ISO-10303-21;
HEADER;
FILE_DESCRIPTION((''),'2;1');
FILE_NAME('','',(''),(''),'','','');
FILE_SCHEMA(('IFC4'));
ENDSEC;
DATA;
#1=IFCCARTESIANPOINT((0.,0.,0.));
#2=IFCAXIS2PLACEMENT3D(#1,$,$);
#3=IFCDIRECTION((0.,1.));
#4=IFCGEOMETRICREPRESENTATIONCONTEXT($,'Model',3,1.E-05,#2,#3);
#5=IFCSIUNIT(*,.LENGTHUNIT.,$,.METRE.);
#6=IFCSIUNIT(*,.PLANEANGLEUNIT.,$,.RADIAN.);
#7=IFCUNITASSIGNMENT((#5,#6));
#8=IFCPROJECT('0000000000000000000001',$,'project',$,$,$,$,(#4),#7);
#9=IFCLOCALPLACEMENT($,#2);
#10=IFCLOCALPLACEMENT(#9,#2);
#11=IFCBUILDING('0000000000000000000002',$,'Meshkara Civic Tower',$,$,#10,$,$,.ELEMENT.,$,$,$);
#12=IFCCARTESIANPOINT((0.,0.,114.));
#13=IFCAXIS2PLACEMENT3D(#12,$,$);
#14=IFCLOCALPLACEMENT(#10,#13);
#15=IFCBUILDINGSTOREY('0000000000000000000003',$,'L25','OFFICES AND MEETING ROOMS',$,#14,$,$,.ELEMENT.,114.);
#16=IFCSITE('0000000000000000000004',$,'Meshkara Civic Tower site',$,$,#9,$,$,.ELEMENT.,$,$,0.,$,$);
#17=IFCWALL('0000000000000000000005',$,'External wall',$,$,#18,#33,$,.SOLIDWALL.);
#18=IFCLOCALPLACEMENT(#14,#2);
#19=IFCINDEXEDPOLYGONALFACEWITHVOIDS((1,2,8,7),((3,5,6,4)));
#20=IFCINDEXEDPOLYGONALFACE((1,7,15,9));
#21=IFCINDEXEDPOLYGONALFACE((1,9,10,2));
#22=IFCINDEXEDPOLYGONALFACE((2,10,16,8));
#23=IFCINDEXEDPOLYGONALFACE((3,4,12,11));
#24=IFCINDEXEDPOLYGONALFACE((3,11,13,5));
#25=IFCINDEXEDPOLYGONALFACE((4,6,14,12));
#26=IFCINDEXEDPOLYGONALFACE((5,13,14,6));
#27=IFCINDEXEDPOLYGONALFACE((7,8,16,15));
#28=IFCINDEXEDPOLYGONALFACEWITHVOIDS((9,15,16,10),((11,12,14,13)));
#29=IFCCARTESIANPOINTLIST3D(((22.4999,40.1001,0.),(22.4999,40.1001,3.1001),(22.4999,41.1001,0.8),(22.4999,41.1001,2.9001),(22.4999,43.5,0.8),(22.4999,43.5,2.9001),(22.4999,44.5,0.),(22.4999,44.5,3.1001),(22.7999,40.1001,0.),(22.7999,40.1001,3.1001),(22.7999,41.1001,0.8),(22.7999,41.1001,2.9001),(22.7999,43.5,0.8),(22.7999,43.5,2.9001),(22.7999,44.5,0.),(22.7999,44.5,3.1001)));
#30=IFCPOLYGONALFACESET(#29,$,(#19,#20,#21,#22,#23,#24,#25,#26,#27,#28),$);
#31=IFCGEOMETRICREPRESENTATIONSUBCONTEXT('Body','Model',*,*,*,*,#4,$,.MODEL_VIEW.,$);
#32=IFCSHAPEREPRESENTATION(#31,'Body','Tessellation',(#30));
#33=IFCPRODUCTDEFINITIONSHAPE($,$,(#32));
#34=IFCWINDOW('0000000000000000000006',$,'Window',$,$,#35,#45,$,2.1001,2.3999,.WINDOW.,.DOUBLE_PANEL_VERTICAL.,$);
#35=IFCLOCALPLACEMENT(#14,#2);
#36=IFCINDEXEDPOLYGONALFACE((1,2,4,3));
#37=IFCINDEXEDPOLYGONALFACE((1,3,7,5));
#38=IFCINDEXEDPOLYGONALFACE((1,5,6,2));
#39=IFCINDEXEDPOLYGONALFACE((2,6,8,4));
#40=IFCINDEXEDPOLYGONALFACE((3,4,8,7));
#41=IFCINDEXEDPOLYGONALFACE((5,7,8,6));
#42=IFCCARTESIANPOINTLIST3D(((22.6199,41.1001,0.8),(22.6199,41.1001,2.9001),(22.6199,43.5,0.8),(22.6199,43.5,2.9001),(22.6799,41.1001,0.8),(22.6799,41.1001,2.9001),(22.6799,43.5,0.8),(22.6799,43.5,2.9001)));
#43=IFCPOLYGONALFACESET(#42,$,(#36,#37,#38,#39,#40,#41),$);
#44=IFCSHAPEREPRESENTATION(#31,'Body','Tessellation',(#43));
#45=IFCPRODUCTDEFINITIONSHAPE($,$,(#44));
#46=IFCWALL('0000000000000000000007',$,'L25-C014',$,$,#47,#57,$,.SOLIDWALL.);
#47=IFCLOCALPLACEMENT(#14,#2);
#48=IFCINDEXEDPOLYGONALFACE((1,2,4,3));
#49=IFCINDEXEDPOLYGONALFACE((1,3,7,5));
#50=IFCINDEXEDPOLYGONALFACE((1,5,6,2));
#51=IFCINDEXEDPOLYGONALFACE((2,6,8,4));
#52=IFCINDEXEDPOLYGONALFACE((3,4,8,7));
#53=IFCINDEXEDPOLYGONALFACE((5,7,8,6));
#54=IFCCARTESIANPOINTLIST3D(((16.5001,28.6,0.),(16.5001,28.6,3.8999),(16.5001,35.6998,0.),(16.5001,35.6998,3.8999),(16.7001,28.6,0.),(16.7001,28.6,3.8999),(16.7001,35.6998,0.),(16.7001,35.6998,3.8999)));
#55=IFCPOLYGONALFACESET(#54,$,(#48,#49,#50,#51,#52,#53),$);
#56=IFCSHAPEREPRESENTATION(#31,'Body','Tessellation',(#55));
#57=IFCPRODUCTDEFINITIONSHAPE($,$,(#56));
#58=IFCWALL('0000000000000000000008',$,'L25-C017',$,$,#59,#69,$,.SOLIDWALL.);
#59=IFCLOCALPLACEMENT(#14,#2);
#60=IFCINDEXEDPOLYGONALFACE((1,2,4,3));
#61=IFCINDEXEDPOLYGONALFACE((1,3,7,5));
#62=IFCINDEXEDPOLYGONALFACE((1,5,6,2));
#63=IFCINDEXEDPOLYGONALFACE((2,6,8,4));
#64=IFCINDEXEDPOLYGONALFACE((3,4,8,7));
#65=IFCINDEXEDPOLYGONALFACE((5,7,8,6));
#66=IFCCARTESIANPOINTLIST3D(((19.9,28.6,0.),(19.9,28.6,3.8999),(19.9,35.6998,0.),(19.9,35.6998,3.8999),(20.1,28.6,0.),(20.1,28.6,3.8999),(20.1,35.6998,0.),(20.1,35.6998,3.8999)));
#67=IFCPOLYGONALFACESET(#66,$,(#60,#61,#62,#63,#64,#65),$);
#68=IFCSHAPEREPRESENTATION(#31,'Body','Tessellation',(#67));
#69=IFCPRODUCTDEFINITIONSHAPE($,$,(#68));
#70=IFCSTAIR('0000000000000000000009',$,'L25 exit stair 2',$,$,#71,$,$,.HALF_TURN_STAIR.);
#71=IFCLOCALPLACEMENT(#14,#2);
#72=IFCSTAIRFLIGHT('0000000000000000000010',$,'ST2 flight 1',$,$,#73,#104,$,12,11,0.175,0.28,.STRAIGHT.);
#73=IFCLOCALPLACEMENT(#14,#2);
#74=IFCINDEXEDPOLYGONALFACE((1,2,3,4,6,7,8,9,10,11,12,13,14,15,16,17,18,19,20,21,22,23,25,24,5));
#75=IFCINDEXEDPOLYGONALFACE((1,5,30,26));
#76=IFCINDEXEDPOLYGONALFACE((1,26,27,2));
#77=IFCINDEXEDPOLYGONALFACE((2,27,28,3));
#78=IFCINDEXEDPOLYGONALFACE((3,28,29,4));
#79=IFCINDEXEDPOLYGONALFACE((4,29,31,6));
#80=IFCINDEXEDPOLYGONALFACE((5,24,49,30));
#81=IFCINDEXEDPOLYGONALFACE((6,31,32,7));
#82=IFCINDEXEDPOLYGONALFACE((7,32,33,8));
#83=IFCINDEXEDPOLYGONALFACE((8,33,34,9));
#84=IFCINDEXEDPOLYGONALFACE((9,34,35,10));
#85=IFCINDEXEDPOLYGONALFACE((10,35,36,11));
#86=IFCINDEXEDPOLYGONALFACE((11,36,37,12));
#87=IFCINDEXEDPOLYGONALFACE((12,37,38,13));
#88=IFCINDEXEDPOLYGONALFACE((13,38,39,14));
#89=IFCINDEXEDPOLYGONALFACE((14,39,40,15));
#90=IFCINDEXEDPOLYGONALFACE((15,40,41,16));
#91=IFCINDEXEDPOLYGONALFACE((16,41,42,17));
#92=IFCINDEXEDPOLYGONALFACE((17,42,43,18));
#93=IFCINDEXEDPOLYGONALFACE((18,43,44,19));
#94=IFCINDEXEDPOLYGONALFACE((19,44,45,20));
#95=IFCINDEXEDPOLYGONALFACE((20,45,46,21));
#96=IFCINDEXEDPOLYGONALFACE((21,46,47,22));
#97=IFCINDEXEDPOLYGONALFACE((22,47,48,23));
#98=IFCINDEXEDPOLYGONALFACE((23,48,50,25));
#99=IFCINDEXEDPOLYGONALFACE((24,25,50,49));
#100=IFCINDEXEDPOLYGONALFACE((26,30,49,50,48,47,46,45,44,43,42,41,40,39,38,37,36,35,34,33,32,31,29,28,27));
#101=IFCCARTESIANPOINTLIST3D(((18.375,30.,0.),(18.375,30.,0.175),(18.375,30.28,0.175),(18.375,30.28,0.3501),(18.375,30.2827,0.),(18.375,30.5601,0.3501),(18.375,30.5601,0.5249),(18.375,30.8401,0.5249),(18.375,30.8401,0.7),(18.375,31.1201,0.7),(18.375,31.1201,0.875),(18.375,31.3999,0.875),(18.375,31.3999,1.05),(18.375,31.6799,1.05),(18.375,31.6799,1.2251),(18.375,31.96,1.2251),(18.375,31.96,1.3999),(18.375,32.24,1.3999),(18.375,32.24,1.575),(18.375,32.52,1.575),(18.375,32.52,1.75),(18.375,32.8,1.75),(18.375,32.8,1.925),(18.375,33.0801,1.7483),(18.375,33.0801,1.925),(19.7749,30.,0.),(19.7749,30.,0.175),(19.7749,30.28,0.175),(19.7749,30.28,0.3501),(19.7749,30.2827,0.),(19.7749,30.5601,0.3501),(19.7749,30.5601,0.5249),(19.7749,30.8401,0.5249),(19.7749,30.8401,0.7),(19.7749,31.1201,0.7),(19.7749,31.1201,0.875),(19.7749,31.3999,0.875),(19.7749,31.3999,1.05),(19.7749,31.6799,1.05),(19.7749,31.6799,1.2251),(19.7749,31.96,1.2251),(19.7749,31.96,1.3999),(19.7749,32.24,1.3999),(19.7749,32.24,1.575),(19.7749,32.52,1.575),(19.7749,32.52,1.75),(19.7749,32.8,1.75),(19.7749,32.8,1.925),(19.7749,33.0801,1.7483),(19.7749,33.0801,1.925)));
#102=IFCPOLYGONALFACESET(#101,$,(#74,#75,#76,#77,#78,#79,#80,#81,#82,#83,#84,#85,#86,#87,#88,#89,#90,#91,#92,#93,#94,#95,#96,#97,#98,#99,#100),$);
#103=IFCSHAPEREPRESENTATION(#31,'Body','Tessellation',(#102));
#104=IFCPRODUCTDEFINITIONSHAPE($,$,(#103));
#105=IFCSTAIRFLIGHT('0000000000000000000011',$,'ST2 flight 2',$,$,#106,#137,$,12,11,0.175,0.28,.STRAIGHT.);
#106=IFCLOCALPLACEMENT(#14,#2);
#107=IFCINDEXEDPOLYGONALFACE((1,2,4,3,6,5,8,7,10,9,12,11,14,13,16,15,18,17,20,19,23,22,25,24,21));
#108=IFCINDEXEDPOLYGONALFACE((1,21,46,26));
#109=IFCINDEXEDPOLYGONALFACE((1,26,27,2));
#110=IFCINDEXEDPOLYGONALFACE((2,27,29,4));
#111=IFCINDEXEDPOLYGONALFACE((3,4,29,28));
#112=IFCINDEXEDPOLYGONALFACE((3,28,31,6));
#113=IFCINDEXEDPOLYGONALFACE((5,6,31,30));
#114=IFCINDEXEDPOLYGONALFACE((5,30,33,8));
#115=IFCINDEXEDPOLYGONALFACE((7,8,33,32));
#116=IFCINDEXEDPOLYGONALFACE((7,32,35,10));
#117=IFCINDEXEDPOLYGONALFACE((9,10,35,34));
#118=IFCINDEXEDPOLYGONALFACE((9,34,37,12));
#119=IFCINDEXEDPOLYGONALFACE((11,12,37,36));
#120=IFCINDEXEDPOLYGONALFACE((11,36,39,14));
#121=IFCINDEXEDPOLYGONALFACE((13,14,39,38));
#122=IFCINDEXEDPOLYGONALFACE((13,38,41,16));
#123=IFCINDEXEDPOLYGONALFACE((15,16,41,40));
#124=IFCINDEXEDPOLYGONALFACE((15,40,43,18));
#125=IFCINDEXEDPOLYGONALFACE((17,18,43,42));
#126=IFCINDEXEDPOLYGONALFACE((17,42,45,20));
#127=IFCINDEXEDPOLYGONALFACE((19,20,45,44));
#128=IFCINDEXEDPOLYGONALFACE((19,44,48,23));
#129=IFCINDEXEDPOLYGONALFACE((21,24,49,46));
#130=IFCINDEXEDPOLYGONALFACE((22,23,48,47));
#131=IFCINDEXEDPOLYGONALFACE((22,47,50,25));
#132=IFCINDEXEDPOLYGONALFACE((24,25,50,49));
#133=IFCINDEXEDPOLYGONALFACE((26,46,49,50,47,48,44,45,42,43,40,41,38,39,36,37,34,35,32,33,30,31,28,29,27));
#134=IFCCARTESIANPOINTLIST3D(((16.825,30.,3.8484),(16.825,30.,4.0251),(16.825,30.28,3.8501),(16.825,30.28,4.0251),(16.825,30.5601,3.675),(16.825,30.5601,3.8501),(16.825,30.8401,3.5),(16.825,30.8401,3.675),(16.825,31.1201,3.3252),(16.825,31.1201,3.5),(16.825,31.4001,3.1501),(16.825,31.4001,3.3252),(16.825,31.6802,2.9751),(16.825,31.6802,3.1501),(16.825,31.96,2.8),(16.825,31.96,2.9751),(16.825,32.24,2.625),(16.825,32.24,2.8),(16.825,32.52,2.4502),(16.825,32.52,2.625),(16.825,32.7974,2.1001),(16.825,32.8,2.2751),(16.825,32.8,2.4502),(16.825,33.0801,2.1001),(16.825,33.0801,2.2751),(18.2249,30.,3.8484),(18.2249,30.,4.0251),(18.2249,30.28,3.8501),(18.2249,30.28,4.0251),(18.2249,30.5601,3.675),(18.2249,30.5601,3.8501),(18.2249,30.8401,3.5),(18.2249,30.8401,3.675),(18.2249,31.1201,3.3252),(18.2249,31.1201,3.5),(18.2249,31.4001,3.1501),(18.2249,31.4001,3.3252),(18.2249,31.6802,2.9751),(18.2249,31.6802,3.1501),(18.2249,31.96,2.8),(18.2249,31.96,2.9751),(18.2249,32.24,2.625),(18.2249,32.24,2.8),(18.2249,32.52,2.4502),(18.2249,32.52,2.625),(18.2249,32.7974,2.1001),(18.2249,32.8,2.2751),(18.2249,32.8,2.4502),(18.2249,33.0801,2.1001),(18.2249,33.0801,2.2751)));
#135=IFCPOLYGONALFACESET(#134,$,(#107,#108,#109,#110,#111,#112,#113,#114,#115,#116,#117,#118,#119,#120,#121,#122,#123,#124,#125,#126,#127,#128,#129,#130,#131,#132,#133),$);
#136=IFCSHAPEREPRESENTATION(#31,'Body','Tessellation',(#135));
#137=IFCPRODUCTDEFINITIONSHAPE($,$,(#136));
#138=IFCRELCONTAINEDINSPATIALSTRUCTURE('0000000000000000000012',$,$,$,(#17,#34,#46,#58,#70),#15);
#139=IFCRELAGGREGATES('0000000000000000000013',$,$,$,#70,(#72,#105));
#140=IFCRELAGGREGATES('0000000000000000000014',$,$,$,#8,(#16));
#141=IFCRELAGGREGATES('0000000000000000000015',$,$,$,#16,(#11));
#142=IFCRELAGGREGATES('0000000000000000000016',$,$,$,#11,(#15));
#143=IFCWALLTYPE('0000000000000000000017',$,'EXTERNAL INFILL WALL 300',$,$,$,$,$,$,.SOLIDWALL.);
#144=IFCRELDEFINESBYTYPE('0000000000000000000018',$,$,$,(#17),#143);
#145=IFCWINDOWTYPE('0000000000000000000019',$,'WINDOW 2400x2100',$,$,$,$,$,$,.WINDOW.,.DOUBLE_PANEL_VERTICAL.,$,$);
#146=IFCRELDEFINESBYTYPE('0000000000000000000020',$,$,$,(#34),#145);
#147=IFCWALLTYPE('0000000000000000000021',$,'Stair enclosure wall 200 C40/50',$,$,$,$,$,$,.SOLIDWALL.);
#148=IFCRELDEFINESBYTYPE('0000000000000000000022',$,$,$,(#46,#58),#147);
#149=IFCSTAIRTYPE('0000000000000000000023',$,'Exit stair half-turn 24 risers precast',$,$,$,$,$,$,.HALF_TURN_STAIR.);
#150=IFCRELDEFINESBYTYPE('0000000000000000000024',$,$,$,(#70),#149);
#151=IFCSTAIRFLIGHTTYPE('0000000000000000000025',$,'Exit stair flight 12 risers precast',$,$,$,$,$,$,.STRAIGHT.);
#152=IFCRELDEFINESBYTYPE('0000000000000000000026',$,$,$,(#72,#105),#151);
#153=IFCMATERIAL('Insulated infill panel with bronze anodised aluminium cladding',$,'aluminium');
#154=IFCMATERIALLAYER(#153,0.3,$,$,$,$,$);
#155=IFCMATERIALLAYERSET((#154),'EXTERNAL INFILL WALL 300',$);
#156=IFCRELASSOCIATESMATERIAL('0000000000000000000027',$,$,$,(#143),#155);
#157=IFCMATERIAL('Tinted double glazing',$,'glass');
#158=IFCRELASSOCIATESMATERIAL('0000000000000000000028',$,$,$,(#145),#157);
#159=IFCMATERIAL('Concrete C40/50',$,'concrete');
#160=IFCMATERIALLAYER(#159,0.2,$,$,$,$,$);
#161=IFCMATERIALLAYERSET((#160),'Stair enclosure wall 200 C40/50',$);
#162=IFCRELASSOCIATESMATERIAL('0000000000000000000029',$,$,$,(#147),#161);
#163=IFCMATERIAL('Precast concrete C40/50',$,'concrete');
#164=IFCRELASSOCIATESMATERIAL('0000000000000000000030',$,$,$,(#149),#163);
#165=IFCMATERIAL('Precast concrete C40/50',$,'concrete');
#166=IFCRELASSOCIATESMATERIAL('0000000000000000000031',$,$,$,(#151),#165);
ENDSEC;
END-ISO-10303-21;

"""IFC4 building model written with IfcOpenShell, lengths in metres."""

from ifc_helpers import new_model, si_unit, direction, frame, frame_2d, origin, place, context, subcontext, project, spatial, polyline, rectangle, outline, extrude, material, layer, layer_set, type_object, element, fill, aggregate, save


model = new_model("IFC4")

# Units and contexts
model_context = context("Model", 3, precision=1e-05, world=origin(), true_north=direction((0.0, 1.0)))
body_context = subcontext(model_context, "Body", "Model", "MODEL_VIEW")
ifc_project = project(units=[si_unit("LENGTHUNIT", "METRE"), si_unit("PLANEANGLEUNIT", "RADIAN")], contexts=[model_context])

# Site, building, storey
site_placement = place(None, origin())
site = spatial("IfcSite", under=ifc_project, at=site_placement, Name="Meshkara Civic Tower site", CompositionType="ELEMENT", RefElevation=0.0)
building_placement = place(site_placement, origin())
building = spatial("IfcBuilding", under=site, at=building_placement, Name="Meshkara Civic Tower", CompositionType="ELEMENT")
storey_placement = place(building_placement, frame((0.0, 0.0, 114.0)))
storey = spatial("IfcBuildingStorey", under=building, at=storey_placement, Name="L25", Description="OFFICES AND MEETING ROOMS", CompositionType="ELEMENT", Elevation=114.0)

# Wall, opening, window
ifc_material_1 = material(Name="Insulated infill panel with bronze anodised aluminium cladding", Category="aluminium")
ifc_layer_1 = layer(ifc_material_1, 0.3)
ifc_layer_set_1 = layer_set([ifc_layer_1], Name="EXTERNAL INFILL WALL 300")
wall_type_1 = type_object("IfcWallType", Name="EXTERNAL INFILL WALL 300", PredefinedType="SOLIDWALL", material=ifc_layer_set_1)
ifc_material_2 = material(Name="Tinted double glazing", Category="glass")
window_type_1 = type_object("IfcWindowType", Name="WINDOW 2400x2100", PartitioningType="DOUBLE_PANEL_VERTICAL", PredefinedType="WINDOW", material=ifc_material_2)
wall_1_placement = place(storey_placement, frame((22.6499, 40.1001, 0.0), z_axis=(0.0, 0.0, 1.0), x_axis=(0.0, 1.0, 0.0)))
wall_1 = element("IfcWall", 1, at=wall_1_placement, inside=storey, type_object=wall_type_1, Name="External wall", PredefinedType="SOLIDWALL", context=body_context, shape_type="SweptSolid", body=[
    extrude(rectangle(XDim=4.3999, YDim=0.3, at=frame_2d((2.2, 0.0))), origin(), (0.0, 0.0, 1.0), 3.1001),
])
opening_1_placement = place(wall_1_placement, frame((1.0, 0.0, 0.8)))
opening_1 = element("IfcOpeningElement", 2, at=opening_1_placement, cuts=wall_1, PredefinedType="OPENING", context=body_context, shape_type="SweptSolid", body=[
    extrude(rectangle(XDim=2.3999, YDim=2.1001, at=frame_2d((1.2, 1.05))), frame((0.0, 0.1599, 0.0), z_axis=(0.0, -1.0, 0.0), x_axis=(1.0, 0.0, 0.0)), (0.0, 0.0, 1.0), 0.3201),
])
window_1_placement = place(opening_1_placement, origin())
window_1 = element("IfcWindow", 3, at=window_1_placement, inside=storey, type_object=window_type_1, Name="Window", OverallHeight=2.1001, OverallWidth=2.3999, PartitioningType="DOUBLE_PANEL_VERTICAL", PredefinedType="WINDOW", context=body_context, shape_type="SweptSolid", body=[
    extrude(rectangle(XDim=2.3999, YDim=2.1001, at=frame_2d((1.2, 1.05))), frame((0.0, 0.03, 0.0), z_axis=(0.0, -1.0, 0.0), x_axis=(1.0, 0.0, 0.0)), (0.0, 0.0, 1.0), 0.0601),
])
fill(opening_1, window_1)

# Walls
ifc_material_3 = material(Name="Concrete C40/50", Category="concrete")
ifc_layer_2 = layer(ifc_material_3, 0.2)
ifc_layer_set_2 = layer_set([ifc_layer_2], Name="Stair enclosure wall 200 C40/50")
wall_type_2 = type_object("IfcWallType", Name="Stair enclosure wall 200 C40/50", PredefinedType="SOLIDWALL", material=ifc_layer_set_2)
for number, where, z_axis, x_axis, name in (
    (4, (16.6001, 28.6001, 0.0), (0.0, 0.0, 1.0), (0.0, 1.0, 0.0), "L25-C014"),
    (5, (20.0, 28.6001, 0.0), (0.0, 0.0, 1.0), (0.0, 1.0, 0.0), "L25-C017"),
):
    element("IfcWall", number, at=place(storey_placement, frame(where, z_axis=z_axis, x_axis=x_axis)), inside=storey, type_object=wall_type_2, Name=name, PredefinedType="SOLIDWALL", context=body_context, shape_type="SweptSolid", body=[
        extrude(rectangle(XDim=7.0999, YDim=0.2, at=frame_2d((3.5498, 0.0))), origin(), (0.0, 0.0, 1.0), 3.8999),
    ])

# Stair, stair flights
ifc_material_4 = material(Name="Precast concrete C40/50", Category="concrete")
stair_type = type_object("IfcStairType", Name="Exit stair half-turn 24 risers precast", PredefinedType="HALF_TURN_STAIR", material=ifc_material_4)
stair_placement = place(storey_placement, origin())
stair = element("IfcStair", 6, at=stair_placement, inside=storey, type_object=stair_type, Name="L25 exit stair 2", PredefinedType="HALF_TURN_STAIR")
ifc_material_5 = material(Name="Precast concrete C40/50", Category="concrete")
stair_flight_type = type_object("IfcStairFlightType", Name="Exit stair flight 12 risers precast", PredefinedType="STRAIGHT", material=ifc_material_5)
stair_flight_1_placement = place(storey_placement, frame((19.075, 30.0, 0.0), z_axis=(0.0, 0.0, 1.0), x_axis=(0.0, 1.0, 0.0)))
stair_flight_1 = element("IfcStairFlight", 7, at=stair_flight_1_placement, type_object=stair_flight_type, Name="ST2 flight 1", NumberOfRisers=12, NumberOfTreads=11, PredefinedType="STRAIGHT", RiserHeight=0.175, TreadLength=0.28, context=body_context, shape_type="SweptSolid", body=[
    extrude(outline(polyline([(0.0, 0.0), (0.0, 0.175), (0.28, 0.175), (0.28, 0.3501), (0.5601, 0.3501), (0.5601, 0.5249), (0.8401, 0.5249), (0.8401, 0.7), (1.1201, 0.7), (1.1201, 0.875), (1.3999, 0.875), (1.3999, 1.05), (1.6799, 1.05), (1.6799, 1.2251), (1.96, 1.2251), (1.96, 1.3999), (2.24, 1.3999), (2.24, 1.575), (2.52, 1.575), (2.52, 1.75), (2.8, 1.75), (2.8, 1.925), (3.0801, 1.925), (3.0801, 2.1001), (3.0801, 1.7483), (0.2827, 0.0), (0.0, 0.0)])), frame((0.0, 0.7, 0.0), z_axis=(0.0, -1.0, 0.0), x_axis=(1.0, 0.0, 0.0)), (0.0, 0.0, 1.0), 1.3999),
])
stair_flight_2_placement = place(storey_placement, frame((17.5249, 33.0801, 2.1001), z_axis=(0.0, 0.0, 1.0), x_axis=(0.0, -1.0, 0.0)))
stair_flight_2 = element("IfcStairFlight", 8, at=stair_flight_2_placement, type_object=stair_flight_type, Name="ST2 flight 2", NumberOfRisers=12, NumberOfTreads=11, PredefinedType="STRAIGHT", RiserHeight=0.175, TreadLength=0.28, context=body_context, shape_type="SweptSolid", body=[
    extrude(outline(polyline([(0.0, 0.0), (0.0, 0.175), (0.28, 0.175), (0.28, 0.3501), (0.5601, 0.3501), (0.5601, 0.5249), (0.8401, 0.5249), (0.8401, 0.7), (1.1201, 0.7), (1.1201, 0.875), (1.3999, 0.875), (1.3999, 1.05), (1.6799, 1.05), (1.6799, 1.2251), (1.96, 1.2251), (1.96, 1.3999), (2.24, 1.3999), (2.24, 1.575), (2.52, 1.575), (2.52, 1.75), (2.8, 1.75), (2.8, 1.925), (3.0801, 1.925), (3.0801, 2.1001), (3.0801, 1.7483), (0.2827, 0.0), (0.0, 0.0)])), frame((0.0, 0.7, 0.0), z_axis=(0.0, -1.0, 0.0), x_axis=(1.0, 0.0, 0.0)), (0.0, 0.0, 1.0), 1.3999),
])
aggregate(stair, [stair_flight_1, stair_flight_2])

save(model, "model.ifc")
